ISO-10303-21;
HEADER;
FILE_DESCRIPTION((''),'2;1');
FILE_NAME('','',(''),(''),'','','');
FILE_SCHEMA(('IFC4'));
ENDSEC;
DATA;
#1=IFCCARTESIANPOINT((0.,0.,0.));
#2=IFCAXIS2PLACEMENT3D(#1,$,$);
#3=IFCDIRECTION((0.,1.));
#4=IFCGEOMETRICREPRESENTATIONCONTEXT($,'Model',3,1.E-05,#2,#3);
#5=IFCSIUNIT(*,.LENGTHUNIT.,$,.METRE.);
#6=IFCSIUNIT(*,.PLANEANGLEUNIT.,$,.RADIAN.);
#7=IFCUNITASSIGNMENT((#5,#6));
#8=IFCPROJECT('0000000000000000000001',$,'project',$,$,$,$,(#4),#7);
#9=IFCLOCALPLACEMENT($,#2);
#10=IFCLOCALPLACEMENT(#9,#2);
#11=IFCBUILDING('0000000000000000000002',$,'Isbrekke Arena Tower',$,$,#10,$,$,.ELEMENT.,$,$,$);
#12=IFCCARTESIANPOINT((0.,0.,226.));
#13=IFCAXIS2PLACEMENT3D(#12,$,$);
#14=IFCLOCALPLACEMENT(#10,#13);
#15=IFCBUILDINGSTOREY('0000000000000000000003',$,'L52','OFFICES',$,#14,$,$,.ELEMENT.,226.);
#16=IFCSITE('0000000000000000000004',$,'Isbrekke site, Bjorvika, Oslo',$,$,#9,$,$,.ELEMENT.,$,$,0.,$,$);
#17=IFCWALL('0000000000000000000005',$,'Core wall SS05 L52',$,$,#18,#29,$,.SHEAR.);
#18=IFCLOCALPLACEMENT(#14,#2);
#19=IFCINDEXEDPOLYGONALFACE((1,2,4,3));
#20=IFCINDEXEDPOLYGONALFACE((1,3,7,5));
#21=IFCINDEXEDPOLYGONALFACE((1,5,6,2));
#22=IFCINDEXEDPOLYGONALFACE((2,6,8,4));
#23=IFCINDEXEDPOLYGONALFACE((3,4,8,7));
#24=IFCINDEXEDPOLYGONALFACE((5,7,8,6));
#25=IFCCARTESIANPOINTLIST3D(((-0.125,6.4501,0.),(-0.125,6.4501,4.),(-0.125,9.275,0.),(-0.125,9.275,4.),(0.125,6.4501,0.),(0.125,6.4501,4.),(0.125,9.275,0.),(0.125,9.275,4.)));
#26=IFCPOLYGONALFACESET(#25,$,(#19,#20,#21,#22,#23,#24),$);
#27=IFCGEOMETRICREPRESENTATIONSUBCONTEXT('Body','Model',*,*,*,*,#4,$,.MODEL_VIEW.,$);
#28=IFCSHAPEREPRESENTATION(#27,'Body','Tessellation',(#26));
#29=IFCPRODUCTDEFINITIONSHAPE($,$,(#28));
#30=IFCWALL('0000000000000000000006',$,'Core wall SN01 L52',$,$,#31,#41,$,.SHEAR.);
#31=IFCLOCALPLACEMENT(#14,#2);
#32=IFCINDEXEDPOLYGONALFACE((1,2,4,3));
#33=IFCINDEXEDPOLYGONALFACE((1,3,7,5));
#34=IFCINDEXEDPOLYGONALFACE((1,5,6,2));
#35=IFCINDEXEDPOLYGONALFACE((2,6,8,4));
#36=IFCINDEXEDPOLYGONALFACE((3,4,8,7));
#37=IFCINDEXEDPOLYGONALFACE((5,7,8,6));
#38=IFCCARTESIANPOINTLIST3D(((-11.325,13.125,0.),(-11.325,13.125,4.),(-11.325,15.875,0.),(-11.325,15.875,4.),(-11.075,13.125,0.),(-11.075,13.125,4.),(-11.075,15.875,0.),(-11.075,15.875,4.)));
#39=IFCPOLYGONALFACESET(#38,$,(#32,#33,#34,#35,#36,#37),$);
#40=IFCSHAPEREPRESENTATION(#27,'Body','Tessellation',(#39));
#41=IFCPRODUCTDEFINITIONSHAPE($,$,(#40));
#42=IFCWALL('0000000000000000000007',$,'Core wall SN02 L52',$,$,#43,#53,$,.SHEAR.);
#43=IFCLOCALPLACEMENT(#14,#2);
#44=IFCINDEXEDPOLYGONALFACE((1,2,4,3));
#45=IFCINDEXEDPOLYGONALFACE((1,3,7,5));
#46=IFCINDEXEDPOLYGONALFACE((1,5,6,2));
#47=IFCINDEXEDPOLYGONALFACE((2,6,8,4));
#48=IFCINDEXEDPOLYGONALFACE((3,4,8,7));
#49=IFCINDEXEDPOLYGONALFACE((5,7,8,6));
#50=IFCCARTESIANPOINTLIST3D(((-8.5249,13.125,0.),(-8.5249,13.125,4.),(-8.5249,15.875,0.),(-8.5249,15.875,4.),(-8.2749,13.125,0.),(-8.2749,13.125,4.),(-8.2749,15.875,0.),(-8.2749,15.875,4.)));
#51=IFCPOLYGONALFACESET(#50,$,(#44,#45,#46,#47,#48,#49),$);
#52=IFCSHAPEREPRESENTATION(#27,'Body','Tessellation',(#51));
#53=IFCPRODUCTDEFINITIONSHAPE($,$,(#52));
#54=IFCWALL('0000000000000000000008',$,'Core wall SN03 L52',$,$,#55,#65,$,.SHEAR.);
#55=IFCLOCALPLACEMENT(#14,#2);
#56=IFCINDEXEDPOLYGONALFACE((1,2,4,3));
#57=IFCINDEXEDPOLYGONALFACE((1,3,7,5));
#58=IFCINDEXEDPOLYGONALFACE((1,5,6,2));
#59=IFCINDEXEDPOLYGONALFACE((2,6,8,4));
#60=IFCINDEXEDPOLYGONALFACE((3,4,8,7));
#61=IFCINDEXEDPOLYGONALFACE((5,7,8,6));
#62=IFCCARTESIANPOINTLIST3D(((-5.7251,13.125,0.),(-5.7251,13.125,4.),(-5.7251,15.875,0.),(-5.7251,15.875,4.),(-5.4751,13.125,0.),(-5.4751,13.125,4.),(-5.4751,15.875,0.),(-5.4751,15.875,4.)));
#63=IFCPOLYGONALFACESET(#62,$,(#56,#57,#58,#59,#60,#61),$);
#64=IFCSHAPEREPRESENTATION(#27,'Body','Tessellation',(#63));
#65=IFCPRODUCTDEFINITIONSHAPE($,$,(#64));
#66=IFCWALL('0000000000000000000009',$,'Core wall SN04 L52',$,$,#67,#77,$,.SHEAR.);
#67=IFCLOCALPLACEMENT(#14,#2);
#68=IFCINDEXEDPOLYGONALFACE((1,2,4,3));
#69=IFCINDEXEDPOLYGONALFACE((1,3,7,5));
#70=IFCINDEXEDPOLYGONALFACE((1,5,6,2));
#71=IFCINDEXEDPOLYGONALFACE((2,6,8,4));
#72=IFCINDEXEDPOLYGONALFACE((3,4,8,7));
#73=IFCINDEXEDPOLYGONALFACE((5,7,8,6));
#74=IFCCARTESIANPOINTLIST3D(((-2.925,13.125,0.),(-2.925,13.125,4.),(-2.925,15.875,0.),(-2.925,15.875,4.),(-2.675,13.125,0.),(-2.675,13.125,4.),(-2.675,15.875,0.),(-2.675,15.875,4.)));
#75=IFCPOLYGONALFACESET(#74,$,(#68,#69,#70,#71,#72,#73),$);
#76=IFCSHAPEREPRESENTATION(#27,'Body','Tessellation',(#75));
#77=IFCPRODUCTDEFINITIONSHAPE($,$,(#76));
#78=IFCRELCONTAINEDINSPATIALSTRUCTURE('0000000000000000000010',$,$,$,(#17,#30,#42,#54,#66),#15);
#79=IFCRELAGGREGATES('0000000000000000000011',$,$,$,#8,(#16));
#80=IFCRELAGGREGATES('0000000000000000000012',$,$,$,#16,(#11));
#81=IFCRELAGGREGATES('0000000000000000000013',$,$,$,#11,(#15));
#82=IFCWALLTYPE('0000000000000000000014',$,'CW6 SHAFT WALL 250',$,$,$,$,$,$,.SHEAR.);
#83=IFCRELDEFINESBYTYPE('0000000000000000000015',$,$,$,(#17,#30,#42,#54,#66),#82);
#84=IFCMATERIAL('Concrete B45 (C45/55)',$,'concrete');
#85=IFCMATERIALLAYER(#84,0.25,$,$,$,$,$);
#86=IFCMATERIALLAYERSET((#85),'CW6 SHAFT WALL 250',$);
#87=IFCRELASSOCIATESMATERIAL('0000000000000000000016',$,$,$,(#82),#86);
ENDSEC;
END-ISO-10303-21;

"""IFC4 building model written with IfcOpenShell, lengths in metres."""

from ifc_helpers import new_model, si_unit, direction, frame, frame_2d, origin, place, context, subcontext, project, spatial, rectangle, extrude, material, layer, layer_set, type_object, element, save


model = new_model("IFC4")

# Units and contexts
model_context = context("Model", 3, precision=1e-05, world=origin(), true_north=direction((0.0, 1.0)))
body_context = subcontext(model_context, "Body", "Model", "MODEL_VIEW")
ifc_project = project(units=[si_unit("LENGTHUNIT", "METRE"), si_unit("PLANEANGLEUNIT", "RADIAN")], contexts=[model_context])

# Site, building, storey
site_placement = place(None, origin())
site = spatial("IfcSite", under=ifc_project, at=site_placement, Name="Isbrekke site, Bjorvika, Oslo", CompositionType="ELEMENT", RefElevation=0.0)
building_placement = place(site_placement, origin())
building = spatial("IfcBuilding", under=site, at=building_placement, Name="Isbrekke Arena Tower", CompositionType="ELEMENT")
storey_placement = place(building_placement, frame((0.0, 0.0, 226.0)))
storey = spatial("IfcBuildingStorey", under=building, at=storey_placement, Name="L52", Description="OFFICES", CompositionType="ELEMENT", Elevation=226.0)

# Shared definitions
ifc_material_1 = material(Name="Concrete B45 (C45/55)", Category="concrete")
ifc_layer_1 = layer(ifc_material_1, 0.25)
ifc_layer_set_1 = layer_set([ifc_layer_1], Name="CW6 SHAFT WALL 250")
wall_type_1 = type_object("IfcWallType", Name="CW6 SHAFT WALL 250", PredefinedType="SHEAR", material=ifc_layer_set_1)

# Walls
for number, where, z_axis, x_axis, name in (
    (1, (0.0, 6.45, 0.0), (0.0, 0.0, 1.0), (0.0, 1.0, 0.0), "Core wall SS05 L52"),
):
    element("IfcWall", number, at=place(storey_placement, frame(where, z_axis=z_axis, x_axis=x_axis)), inside=storey, type_object=wall_type_1, Name=name, PredefinedType="SHEAR", context=body_context, shape_type="SweptSolid", body=[
        extrude(rectangle(XDim=2.825, YDim=0.25, at=frame_2d((1.4126, 0.0))), origin(), (0.0, 0.0, 1.0), 4.0),
    ])
for number, where, z_axis, x_axis, name in (
    (2, (-11.2, 13.125, 0.0), (0.0, 0.0, 1.0), (0.0, 1.0, 0.0), "Core wall SN01 L52"),
    (3, (-8.3999, 13.125, 0.0), (0.0, 0.0, 1.0), (0.0, 1.0, 0.0), "Core wall SN02 L52"),
    (4, (-5.6001, 13.125, 0.0), (0.0, 0.0, 1.0), (0.0, 1.0, 0.0), "Core wall SN03 L52"),
    (5, (-2.8, 13.125, 0.0), (0.0, 0.0, 1.0), (0.0, 1.0, 0.0), "Core wall SN04 L52"),
):
    element("IfcWall", number, at=place(storey_placement, frame(where, z_axis=z_axis, x_axis=x_axis)), inside=storey, type_object=wall_type_1, Name=name, PredefinedType="SHEAR", context=body_context, shape_type="SweptSolid", body=[
        extrude(rectangle(XDim=2.75, YDim=0.25, at=frame_2d((1.375, 0.0))), origin(), (0.0, 0.0, 1.0), 4.0),
    ])

save(model, "model.ifc")
